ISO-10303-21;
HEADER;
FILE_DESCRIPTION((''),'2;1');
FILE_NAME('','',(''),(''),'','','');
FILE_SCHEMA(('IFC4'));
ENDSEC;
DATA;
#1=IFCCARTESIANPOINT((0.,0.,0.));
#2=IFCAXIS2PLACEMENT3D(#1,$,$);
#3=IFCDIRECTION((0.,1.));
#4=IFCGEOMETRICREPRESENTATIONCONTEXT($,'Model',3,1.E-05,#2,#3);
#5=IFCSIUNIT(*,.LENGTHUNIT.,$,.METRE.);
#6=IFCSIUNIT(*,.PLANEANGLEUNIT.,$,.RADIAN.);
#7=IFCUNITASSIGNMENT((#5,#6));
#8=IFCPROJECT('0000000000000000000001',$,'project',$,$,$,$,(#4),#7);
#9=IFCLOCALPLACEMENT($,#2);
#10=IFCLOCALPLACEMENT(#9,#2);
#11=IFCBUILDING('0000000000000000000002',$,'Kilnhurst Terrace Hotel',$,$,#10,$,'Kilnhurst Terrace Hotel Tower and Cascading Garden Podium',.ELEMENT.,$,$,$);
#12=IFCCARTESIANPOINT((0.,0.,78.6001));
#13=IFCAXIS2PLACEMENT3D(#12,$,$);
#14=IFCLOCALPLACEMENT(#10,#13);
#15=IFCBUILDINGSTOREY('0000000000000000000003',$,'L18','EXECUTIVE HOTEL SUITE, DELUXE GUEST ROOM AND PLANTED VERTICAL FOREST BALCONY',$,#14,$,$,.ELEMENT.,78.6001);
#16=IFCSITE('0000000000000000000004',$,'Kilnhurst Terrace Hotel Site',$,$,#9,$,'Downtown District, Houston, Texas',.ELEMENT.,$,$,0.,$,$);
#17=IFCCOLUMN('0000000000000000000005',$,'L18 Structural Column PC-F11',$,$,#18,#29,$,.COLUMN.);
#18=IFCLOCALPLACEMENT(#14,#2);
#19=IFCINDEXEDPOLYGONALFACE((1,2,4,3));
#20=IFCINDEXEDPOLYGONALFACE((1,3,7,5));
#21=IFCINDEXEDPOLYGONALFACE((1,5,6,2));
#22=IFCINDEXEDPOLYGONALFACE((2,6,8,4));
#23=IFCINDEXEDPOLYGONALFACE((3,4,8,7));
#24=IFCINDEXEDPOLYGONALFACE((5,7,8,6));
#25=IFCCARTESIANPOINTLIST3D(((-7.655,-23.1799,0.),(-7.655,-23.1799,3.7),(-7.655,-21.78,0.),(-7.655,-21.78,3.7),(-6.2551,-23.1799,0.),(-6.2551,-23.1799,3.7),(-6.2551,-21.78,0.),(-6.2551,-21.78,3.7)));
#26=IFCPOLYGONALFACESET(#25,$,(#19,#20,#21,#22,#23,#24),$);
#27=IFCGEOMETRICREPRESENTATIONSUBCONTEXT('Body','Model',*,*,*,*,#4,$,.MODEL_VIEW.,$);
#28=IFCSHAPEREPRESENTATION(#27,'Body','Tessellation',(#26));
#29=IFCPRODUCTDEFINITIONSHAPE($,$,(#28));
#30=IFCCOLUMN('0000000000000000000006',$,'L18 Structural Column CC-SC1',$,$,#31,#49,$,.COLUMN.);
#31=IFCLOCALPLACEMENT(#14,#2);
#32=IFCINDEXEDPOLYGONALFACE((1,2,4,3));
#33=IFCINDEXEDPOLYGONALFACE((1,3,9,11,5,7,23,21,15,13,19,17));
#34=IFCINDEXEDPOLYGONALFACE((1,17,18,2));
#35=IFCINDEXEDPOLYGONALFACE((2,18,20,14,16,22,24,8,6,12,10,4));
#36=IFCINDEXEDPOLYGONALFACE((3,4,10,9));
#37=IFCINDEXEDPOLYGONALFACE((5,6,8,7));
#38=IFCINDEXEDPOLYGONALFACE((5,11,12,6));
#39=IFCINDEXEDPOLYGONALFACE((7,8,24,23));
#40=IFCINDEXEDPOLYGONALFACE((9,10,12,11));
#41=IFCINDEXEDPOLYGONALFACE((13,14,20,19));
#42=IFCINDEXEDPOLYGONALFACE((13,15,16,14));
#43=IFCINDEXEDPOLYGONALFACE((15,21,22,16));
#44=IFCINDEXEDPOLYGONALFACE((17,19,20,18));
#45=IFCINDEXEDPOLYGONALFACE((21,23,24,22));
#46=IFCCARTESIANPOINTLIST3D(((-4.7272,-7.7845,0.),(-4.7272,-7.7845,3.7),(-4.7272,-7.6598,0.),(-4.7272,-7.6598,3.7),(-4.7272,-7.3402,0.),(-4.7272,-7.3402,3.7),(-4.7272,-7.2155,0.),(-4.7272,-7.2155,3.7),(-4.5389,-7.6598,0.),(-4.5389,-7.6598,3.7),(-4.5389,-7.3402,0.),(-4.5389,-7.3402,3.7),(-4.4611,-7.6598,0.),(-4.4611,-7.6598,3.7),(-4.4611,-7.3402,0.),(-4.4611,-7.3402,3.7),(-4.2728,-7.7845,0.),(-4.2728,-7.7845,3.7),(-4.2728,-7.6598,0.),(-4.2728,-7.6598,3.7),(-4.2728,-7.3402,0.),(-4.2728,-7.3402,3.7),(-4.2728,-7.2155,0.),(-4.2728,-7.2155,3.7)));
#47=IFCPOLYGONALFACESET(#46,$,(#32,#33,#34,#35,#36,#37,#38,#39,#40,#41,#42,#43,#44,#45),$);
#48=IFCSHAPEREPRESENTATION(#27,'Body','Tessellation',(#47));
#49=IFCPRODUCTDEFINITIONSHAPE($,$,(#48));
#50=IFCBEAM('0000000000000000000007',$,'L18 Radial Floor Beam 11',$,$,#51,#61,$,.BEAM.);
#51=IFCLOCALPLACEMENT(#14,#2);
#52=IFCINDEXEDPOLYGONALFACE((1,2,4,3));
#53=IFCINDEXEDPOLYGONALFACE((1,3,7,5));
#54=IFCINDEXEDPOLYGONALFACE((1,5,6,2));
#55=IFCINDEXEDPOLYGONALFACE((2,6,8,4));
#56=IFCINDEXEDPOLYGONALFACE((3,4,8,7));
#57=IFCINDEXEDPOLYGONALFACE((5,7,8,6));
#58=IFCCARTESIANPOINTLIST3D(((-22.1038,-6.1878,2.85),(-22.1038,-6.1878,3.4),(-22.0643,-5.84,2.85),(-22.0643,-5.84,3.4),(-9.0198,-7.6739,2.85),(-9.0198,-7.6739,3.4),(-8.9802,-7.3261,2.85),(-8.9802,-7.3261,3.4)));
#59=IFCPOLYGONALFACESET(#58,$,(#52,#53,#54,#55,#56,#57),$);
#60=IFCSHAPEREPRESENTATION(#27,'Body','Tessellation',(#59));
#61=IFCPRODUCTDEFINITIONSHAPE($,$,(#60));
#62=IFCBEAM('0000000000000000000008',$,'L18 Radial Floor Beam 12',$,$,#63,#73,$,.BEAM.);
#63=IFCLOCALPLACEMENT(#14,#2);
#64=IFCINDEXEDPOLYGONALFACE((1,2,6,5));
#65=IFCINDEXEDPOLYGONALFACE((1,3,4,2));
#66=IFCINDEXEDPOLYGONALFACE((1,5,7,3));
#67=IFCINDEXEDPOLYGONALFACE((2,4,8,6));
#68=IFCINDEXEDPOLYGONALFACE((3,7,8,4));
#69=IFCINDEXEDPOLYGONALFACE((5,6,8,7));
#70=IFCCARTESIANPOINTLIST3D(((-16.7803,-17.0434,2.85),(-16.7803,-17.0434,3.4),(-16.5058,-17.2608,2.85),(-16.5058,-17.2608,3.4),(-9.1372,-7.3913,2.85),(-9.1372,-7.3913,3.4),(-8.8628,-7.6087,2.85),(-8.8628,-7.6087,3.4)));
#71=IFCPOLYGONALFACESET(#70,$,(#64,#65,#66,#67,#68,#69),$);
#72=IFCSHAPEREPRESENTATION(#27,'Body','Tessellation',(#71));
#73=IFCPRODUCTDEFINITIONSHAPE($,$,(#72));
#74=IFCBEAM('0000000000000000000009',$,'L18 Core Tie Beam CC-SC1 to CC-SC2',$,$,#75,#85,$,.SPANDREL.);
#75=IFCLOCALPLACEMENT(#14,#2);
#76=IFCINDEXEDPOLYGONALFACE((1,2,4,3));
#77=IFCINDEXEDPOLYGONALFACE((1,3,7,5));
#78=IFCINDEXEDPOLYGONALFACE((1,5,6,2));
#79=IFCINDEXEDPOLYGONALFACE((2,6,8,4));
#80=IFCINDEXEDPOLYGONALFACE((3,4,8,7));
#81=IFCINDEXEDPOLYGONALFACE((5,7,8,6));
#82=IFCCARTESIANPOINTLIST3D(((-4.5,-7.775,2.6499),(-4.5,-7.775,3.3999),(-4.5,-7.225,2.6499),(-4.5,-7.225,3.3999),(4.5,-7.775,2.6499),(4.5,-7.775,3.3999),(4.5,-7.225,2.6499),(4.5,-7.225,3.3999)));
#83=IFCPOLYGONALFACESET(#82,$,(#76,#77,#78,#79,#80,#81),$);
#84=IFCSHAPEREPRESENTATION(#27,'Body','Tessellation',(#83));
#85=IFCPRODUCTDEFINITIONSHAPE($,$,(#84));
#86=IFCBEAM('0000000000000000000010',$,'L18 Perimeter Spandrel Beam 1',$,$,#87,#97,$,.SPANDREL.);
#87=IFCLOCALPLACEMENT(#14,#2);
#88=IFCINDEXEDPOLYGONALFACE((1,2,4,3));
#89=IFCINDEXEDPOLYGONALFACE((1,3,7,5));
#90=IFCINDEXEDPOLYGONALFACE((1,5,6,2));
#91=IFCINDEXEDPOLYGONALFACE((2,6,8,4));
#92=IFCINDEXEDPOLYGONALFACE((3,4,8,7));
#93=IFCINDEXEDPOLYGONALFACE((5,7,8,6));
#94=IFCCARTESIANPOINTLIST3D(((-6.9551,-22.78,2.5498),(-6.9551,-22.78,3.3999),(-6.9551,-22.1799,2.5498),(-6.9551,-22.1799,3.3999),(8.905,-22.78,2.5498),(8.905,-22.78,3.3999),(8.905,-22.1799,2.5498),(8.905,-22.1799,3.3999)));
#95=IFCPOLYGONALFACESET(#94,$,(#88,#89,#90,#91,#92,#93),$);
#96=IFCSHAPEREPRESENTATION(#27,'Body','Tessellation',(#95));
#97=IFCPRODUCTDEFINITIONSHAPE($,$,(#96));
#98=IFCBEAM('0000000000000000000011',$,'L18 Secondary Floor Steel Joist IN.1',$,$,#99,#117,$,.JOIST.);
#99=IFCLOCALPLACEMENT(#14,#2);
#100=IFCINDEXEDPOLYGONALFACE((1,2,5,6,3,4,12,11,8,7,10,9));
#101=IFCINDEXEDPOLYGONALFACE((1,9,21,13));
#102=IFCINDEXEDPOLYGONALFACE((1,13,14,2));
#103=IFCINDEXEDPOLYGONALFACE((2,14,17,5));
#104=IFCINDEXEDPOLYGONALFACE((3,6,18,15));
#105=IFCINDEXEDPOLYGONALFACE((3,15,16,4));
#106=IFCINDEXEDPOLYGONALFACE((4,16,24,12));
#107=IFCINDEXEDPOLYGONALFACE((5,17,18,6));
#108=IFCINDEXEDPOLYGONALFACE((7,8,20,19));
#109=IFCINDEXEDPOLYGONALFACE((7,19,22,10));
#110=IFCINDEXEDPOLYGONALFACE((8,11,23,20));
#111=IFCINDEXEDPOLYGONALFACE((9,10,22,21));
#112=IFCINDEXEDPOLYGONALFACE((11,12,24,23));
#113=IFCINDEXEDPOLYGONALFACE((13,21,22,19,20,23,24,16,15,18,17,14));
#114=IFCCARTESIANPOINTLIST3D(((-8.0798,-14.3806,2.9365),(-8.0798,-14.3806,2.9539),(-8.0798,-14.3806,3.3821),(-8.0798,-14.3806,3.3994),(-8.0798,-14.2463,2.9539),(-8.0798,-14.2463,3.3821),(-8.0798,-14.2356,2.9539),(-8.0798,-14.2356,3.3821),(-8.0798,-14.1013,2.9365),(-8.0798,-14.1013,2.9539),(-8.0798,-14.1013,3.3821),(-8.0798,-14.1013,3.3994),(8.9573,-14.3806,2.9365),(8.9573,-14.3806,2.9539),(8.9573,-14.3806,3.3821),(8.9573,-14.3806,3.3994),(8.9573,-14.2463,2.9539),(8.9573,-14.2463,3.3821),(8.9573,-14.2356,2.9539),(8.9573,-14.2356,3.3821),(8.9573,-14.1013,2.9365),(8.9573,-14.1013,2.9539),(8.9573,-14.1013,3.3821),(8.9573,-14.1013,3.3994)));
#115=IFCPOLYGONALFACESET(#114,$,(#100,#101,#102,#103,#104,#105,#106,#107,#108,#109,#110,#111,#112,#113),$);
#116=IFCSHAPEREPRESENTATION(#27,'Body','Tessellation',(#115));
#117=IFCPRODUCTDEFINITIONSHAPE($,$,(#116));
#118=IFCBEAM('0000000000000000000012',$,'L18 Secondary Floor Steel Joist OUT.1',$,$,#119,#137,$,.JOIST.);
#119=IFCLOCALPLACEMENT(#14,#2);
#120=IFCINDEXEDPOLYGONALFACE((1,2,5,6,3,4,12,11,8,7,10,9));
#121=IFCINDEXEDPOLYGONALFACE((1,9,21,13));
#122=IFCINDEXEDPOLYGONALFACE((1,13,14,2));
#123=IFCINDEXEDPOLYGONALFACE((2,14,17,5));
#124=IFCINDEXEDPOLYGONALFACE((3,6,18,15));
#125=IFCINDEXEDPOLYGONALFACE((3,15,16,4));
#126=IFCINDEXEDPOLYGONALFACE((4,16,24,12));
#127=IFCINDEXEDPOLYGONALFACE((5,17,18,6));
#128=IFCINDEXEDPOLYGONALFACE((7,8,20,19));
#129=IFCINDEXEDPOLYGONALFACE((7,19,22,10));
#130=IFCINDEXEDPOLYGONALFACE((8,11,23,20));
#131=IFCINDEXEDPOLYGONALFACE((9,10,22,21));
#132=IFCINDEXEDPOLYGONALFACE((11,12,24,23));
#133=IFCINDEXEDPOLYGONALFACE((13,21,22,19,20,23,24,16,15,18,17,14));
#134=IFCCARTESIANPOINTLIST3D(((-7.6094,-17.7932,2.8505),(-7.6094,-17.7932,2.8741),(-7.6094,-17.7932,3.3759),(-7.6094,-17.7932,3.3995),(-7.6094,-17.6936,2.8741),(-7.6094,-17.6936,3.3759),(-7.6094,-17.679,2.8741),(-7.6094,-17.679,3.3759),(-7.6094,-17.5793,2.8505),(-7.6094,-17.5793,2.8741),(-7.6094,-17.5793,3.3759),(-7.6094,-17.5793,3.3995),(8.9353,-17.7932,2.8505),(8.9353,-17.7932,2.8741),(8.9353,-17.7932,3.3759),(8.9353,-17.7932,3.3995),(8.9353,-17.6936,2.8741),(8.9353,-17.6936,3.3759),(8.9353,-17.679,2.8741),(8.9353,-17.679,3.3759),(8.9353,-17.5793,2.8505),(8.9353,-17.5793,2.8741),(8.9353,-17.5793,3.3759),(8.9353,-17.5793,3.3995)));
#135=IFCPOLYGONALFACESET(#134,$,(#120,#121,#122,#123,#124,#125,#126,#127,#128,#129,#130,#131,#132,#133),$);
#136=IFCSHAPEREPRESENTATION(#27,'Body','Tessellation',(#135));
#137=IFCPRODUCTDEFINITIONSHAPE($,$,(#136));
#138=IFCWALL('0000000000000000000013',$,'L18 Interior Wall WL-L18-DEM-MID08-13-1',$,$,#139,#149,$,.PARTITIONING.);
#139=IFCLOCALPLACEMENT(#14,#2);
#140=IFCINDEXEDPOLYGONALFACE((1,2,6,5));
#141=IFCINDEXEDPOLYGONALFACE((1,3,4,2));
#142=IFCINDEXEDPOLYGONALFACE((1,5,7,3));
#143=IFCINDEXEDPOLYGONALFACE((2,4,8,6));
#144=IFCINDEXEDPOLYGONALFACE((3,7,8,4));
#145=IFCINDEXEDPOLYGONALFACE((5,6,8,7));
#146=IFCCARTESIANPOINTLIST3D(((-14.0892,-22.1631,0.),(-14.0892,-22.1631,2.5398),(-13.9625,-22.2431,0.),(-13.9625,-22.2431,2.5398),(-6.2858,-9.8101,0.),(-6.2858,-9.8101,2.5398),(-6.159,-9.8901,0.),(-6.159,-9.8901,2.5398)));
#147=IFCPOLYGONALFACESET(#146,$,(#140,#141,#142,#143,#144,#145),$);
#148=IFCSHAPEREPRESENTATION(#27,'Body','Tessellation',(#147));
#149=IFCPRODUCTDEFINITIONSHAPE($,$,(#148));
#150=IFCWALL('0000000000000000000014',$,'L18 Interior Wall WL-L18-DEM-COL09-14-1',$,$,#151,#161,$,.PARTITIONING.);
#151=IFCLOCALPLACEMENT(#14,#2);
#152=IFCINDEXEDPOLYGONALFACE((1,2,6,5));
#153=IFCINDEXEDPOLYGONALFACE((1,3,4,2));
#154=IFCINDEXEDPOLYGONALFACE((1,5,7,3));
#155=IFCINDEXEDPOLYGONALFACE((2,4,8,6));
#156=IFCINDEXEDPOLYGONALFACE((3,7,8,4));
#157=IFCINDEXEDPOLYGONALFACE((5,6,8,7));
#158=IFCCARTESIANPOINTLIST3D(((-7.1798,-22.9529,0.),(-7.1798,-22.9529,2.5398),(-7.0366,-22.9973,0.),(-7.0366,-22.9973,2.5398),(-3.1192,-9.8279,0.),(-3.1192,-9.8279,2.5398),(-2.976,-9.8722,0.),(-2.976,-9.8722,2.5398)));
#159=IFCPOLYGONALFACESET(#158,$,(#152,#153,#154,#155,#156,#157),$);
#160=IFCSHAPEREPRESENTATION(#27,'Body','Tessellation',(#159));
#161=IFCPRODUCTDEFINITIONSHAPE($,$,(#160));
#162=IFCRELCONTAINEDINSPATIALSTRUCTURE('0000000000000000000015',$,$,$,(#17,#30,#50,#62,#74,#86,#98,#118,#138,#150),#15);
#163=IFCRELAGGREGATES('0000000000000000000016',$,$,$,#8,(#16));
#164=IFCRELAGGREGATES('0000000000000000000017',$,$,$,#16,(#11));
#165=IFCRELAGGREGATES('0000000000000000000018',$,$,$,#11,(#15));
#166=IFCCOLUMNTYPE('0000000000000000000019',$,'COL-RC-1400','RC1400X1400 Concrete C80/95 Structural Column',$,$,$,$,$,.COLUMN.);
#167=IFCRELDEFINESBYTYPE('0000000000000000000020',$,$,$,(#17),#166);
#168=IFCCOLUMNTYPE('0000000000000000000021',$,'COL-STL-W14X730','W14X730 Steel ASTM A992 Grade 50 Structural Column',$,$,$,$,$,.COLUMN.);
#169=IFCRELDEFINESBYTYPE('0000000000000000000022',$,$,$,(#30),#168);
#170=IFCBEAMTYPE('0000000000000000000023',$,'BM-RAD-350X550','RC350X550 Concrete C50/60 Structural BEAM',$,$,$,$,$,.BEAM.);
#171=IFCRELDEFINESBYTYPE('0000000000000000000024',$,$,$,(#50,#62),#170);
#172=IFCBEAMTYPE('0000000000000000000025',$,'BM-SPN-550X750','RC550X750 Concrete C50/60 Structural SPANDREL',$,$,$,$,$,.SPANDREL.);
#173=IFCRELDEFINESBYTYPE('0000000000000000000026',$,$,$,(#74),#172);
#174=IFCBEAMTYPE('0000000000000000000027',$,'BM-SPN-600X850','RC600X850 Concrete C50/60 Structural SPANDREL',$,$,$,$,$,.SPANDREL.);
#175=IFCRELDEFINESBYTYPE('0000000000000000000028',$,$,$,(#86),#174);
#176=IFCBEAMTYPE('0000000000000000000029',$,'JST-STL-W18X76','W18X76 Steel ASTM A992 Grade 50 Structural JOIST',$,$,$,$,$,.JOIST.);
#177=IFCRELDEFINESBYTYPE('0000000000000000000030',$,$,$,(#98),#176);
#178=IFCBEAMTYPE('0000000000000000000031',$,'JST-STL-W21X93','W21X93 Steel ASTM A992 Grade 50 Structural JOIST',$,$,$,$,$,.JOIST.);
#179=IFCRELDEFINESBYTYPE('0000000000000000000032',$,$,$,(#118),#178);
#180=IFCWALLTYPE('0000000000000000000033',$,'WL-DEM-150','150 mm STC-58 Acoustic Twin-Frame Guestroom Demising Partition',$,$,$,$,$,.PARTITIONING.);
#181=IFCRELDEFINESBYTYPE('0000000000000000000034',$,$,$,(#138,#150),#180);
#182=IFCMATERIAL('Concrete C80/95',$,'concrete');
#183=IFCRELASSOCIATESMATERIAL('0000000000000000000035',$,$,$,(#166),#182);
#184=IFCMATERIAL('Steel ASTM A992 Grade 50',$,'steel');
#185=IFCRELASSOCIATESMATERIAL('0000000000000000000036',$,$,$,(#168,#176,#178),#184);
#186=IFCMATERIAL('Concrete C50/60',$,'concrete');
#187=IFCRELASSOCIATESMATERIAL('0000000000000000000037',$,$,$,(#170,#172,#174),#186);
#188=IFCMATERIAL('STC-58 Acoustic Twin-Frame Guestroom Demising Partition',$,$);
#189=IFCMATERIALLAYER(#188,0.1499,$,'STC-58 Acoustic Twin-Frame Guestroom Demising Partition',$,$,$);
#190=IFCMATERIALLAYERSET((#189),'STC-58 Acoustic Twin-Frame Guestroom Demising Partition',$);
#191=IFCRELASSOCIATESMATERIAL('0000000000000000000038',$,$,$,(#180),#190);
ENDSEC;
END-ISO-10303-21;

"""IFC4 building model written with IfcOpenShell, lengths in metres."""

from ifc_helpers import new_model, si_unit, direction, frame, frame_2d, origin, origin_2d, place, context, subcontext, project, spatial, rectangle, i_section, extrude, material, layer, layer_set, material_profile, profile_set, type_object, element, save


model = new_model("IFC4")

# Units and contexts
model_context = context("Model", 3, precision=1e-05, world=origin(), true_north=direction((0.0, 1.0)))
body_context = subcontext(model_context, "Body", "Model", "MODEL_VIEW")
ifc_project = project(units=[si_unit("LENGTHUNIT", "METRE"), si_unit("PLANEANGLEUNIT", "RADIAN")], contexts=[model_context])

# Site, building, storey
site_placement = place(None, origin())
site = spatial("IfcSite", under=ifc_project, at=site_placement, Name="Kilnhurst Terrace Hotel Site", LongName="Downtown District, Houston, Texas", CompositionType="ELEMENT", RefElevation=0.0)
building_placement = place(site_placement, origin())
building = spatial("IfcBuilding", under=site, at=building_placement, Name="Kilnhurst Terrace Hotel", LongName="Kilnhurst Terrace Hotel Tower and Cascading Garden Podium", CompositionType="ELEMENT")
storey_placement = place(building_placement, frame((0.0, 0.0, 78.6001)))
storey = spatial("IfcBuildingStorey", under=building, at=storey_placement, Name="L18", Description="EXECUTIVE HOTEL SUITE, DELUXE GUEST ROOM AND PLANTED VERTICAL FOREST BALCONY", CompositionType="ELEMENT", Elevation=78.6001)

# Columns
ifc_material_1 = material(Name="Concrete C80/95", Category="concrete")
ifc_material_profile_1 = material_profile(ifc_material_1, rectangle(XDim=1.3999, YDim=1.3999, at=origin_2d()), Name="RC1400X1400")
ifc_profile_set_1 = profile_set([ifc_material_profile_1], Name="Concrete C80/95")
column_type_1 = type_object("IfcColumnType", Name="COL-RC-1400", Description="RC1400X1400 Concrete C80/95 Structural Column", PredefinedType="COLUMN", material=ifc_profile_set_1)
column_1_placement = place(storey_placement, frame((-6.9551, -22.48, 0.0), z_axis=(0.0, 0.0, 1.0), x_axis=(1.0, 0.0, 0.0)))
element("IfcColumn", 1, at=column_1_placement, inside=storey, type_object=column_type_1, Name="L18 Structural Column PC-F11", PredefinedType="COLUMN", context=body_context, shape_type="SweptSolid", body=[
    extrude(rectangle(XDim=1.3999, YDim=1.3999, at=origin_2d()), origin(), (0.0, 0.0, 1.0), 3.7),
])
ifc_material_2 = material(Name="Steel ASTM A992 Grade 50", Category="steel")
ifc_material_profile_2 = material_profile(ifc_material_2, i_section(OverallWidth=0.4543, OverallDepth=0.5691, WebThickness=0.0779, FlangeThickness=0.1248, at=origin_2d()), Name="W14X730")
ifc_profile_set_2 = profile_set([ifc_material_profile_2], Name="Steel ASTM A992 Grade 50")
column_type_2 = type_object("IfcColumnType", Name="COL-STL-W14X730", Description="W14X730 Steel ASTM A992 Grade 50 Structural Column", PredefinedType="COLUMN", material=ifc_profile_set_2)
column_2_placement = place(storey_placement, frame((-4.5, -7.5, 0.0), z_axis=(0.0, 0.0, 1.0), x_axis=(1.0, 0.0, 0.0)))
element("IfcColumn", 2, at=column_2_placement, inside=storey, type_object=column_type_2, Name="L18 Structural Column CC-SC1", PredefinedType="COLUMN", context=body_context, shape_type="SweptSolid", body=[
    extrude(i_section(OverallWidth=0.4543, OverallDepth=0.5691, WebThickness=0.0779, FlangeThickness=0.1248, at=origin_2d()), origin(), (0.0, 0.0, 1.0), 3.7),
])

# Beams
ifc_material_3 = material(Name="Concrete C50/60", Category="concrete")
ifc_material_profile_3 = material_profile(ifc_material_3, rectangle(XDim=0.3501, YDim=0.55, at=origin_2d()), Name="RC350X550")
ifc_profile_set_3 = profile_set([ifc_material_profile_3], Name="Concrete C50/60")
beam_type_1 = type_object("IfcBeamType", Name="BM-RAD-350X550", Description="RC350X550 Concrete C50/60 Structural BEAM", PredefinedType="BEAM", material=ifc_profile_set_3)
beam_1_placement = place(storey_placement, frame((-9.0, -7.5, 3.125), z_axis=(-0.993611, 0.112855, 0.0), x_axis=(-0.112855, -0.993611, 0.0)))
element("IfcBeam", 3, at=beam_1_placement, inside=storey, type_object=beam_type_1, Name="L18 Radial Floor Beam 11", PredefinedType="BEAM", context=body_context, shape_type="SweptSolid", body=[
    extrude(rectangle(XDim=0.3501, YDim=0.55, at=origin_2d()), origin(), (0.0, 0.0, 1.0), 13.1682),
])
beam_2_placement = place(storey_placement, frame((-9.0, -7.5, 3.125), z_axis=(-0.620794, -0.783974, 0.0), x_axis=(0.783974, -0.620794, 0.0)))
element("IfcBeam", 4, at=beam_2_placement, inside=storey, type_object=beam_type_1, Name="L18 Radial Floor Beam 12", PredefinedType="BEAM", context=body_context, shape_type="SweptSolid", body=[
    extrude(rectangle(XDim=0.3501, YDim=0.55, at=origin_2d()), origin(), (0.0, 0.0, 1.0), 12.3118),
])
ifc_material_profile_4 = material_profile(ifc_material_3, rectangle(XDim=0.55, YDim=0.75, at=origin_2d()), Name="RC550X750")
ifc_profile_set_4 = profile_set([ifc_material_profile_4], Name="Concrete C50/60")
beam_type_2 = type_object("IfcBeamType", Name="BM-SPN-550X750", Description="RC550X750 Concrete C50/60 Structural SPANDREL", PredefinedType="SPANDREL", material=ifc_profile_set_4)
beam_3_placement = place(storey_placement, frame((-4.5, -7.5, 3.0249), z_axis=(1.0, 0.0, 0.0), x_axis=(0.0, 1.0, 0.0)))
element("IfcBeam", 5, at=beam_3_placement, inside=storey, type_object=beam_type_2, Name="L18 Core Tie Beam CC-SC1 to CC-SC2", PredefinedType="SPANDREL", context=body_context, shape_type="SweptSolid", body=[
    extrude(rectangle(XDim=0.55, YDim=0.75, at=origin_2d()), origin(), (0.0, 0.0, 1.0), 9.0),
])
ifc_material_profile_5 = material_profile(ifc_material_3, rectangle(XDim=0.6001, YDim=0.8501, at=origin_2d()), Name="RC600X850")
ifc_profile_set_5 = profile_set([ifc_material_profile_5], Name="Concrete C50/60")
beam_type_3 = type_object("IfcBeamType", Name="BM-SPN-600X850", Description="RC600X850 Concrete C50/60 Structural SPANDREL", PredefinedType="SPANDREL", material=ifc_profile_set_5)
beam_4_placement = place(storey_placement, frame((-6.9551, -22.48, 2.9749), z_axis=(1.0, 0.0, 0.0), x_axis=(0.0, 1.0, 0.0)))
element("IfcBeam", 6, at=beam_4_placement, inside=storey, type_object=beam_type_3, Name="L18 Perimeter Spandrel Beam 1", PredefinedType="SPANDREL", context=body_context, shape_type="SweptSolid", body=[
    extrude(rectangle(XDim=0.6001, YDim=0.8501, at=origin_2d()), origin(), (0.0, 0.0, 1.0), 15.8601),
])
ifc_material_profile_6 = material_profile(ifc_material_2, i_section(OverallWidth=0.2793, OverallDepth=0.4629, WebThickness=0.0107, FlangeThickness=0.0173, at=origin_2d()), Name="W18X76")
ifc_profile_set_6 = profile_set([ifc_material_profile_6], Name="Steel ASTM A992 Grade 50")
beam_type_4 = type_object("IfcBeamType", Name="JST-STL-W18X76", Description="W18X76 Steel ASTM A992 Grade 50 Structural JOIST", PredefinedType="JOIST", material=ifc_profile_set_6)
beam_5_placement = place(storey_placement, frame((-8.0798, -14.241, 3.168), z_axis=(1.0, 0.0, 0.0), x_axis=(0.0, 1.0, 0.0)))
element("IfcBeam", 7, at=beam_5_placement, inside=storey, type_object=beam_type_4, Name="L18 Secondary Floor Steel Joist IN.1", PredefinedType="JOIST", context=body_context, shape_type="SweptSolid", body=[
    extrude(i_section(OverallWidth=0.2793, OverallDepth=0.4629, WebThickness=0.0107, FlangeThickness=0.0173, at=origin_2d()), origin(), (0.0, 0.0, 1.0), 17.0371),
])
ifc_material_profile_7 = material_profile(ifc_material_2, i_section(OverallWidth=0.2139, OverallDepth=0.5491, WebThickness=0.0146, FlangeThickness=0.0237, at=origin_2d()), Name="W21X93")
ifc_profile_set_7 = profile_set([ifc_material_profile_7], Name="Steel ASTM A992 Grade 50")
beam_type_5 = type_object("IfcBeamType", Name="JST-STL-W21X93", Description="W21X93 Steel ASTM A992 Grade 50 Structural JOIST", PredefinedType="JOIST", material=ifc_profile_set_7)
beam_6_placement = place(storey_placement, frame((-7.6094, -17.6863, 3.125), z_axis=(1.0, 0.0, 0.0), x_axis=(0.0, 1.0, 0.0)))
element("IfcBeam", 8, at=beam_6_placement, inside=storey, type_object=beam_type_5, Name="L18 Secondary Floor Steel Joist OUT.1", PredefinedType="JOIST", context=body_context, shape_type="SweptSolid", body=[
    extrude(i_section(OverallWidth=0.2139, OverallDepth=0.5491, WebThickness=0.0146, FlangeThickness=0.0237, at=origin_2d()), origin(), (0.0, 0.0, 1.0), 16.5447),
])

# Walls
ifc_material_4 = material(Name="STC-58 Acoustic Twin-Frame Guestroom Demising Partition")
ifc_layer_1 = layer(ifc_material_4, 0.1499, Name="STC-58 Acoustic Twin-Frame Guestroom Demising Partition")
ifc_layer_set_1 = layer_set([ifc_layer_1], Name="STC-58 Acoustic Twin-Frame Guestroom Demising Partition")
wall_type_1 = type_object("IfcWallType", Name="WL-DEM-150", Description="150 mm STC-58 Acoustic Twin-Frame Guestroom Demising Partition", PredefinedType="PARTITIONING", material=ifc_layer_set_1)
wall_1_placement = place(storey_placement, frame((-6.2224, -9.8501, 0.0), z_axis=(0.0, 0.0, 1.0), x_axis=(-0.534069, -0.845441, 0.0)))
element("IfcWall", 9, at=wall_1_placement, inside=storey, type_object=wall_type_1, Name="L18 Interior Wall WL-L18-DEM-MID08-13-1", PredefinedType="PARTITIONING", context=body_context, shape_type="SweptSolid", body=[
    extrude(rectangle(XDim=14.6113, YDim=0.1499, at=frame_2d((7.3057, 0.0))), origin(), (0.0, 0.0, 1.0), 2.5398),
])
wall_2_placement = place(storey_placement, frame((-3.0476, -9.8501, 0.0), z_axis=(0.0, 0.0, 1.0), x_axis=(-0.295554, -0.955326, 0.0)))
element("IfcWall", 10, at=wall_2_placement, inside=storey, type_object=wall_type_1, Name="L18 Interior Wall WL-L18-DEM-COL09-14-1", PredefinedType="PARTITIONING", context=body_context, shape_type="SweptSolid", body=[
    extrude(rectangle(XDim=13.7388, YDim=0.1499, at=frame_2d((6.8694, 0.0))), origin(), (0.0, 0.0, 1.0), 2.5398),
])

save(model, "model.ifc")
